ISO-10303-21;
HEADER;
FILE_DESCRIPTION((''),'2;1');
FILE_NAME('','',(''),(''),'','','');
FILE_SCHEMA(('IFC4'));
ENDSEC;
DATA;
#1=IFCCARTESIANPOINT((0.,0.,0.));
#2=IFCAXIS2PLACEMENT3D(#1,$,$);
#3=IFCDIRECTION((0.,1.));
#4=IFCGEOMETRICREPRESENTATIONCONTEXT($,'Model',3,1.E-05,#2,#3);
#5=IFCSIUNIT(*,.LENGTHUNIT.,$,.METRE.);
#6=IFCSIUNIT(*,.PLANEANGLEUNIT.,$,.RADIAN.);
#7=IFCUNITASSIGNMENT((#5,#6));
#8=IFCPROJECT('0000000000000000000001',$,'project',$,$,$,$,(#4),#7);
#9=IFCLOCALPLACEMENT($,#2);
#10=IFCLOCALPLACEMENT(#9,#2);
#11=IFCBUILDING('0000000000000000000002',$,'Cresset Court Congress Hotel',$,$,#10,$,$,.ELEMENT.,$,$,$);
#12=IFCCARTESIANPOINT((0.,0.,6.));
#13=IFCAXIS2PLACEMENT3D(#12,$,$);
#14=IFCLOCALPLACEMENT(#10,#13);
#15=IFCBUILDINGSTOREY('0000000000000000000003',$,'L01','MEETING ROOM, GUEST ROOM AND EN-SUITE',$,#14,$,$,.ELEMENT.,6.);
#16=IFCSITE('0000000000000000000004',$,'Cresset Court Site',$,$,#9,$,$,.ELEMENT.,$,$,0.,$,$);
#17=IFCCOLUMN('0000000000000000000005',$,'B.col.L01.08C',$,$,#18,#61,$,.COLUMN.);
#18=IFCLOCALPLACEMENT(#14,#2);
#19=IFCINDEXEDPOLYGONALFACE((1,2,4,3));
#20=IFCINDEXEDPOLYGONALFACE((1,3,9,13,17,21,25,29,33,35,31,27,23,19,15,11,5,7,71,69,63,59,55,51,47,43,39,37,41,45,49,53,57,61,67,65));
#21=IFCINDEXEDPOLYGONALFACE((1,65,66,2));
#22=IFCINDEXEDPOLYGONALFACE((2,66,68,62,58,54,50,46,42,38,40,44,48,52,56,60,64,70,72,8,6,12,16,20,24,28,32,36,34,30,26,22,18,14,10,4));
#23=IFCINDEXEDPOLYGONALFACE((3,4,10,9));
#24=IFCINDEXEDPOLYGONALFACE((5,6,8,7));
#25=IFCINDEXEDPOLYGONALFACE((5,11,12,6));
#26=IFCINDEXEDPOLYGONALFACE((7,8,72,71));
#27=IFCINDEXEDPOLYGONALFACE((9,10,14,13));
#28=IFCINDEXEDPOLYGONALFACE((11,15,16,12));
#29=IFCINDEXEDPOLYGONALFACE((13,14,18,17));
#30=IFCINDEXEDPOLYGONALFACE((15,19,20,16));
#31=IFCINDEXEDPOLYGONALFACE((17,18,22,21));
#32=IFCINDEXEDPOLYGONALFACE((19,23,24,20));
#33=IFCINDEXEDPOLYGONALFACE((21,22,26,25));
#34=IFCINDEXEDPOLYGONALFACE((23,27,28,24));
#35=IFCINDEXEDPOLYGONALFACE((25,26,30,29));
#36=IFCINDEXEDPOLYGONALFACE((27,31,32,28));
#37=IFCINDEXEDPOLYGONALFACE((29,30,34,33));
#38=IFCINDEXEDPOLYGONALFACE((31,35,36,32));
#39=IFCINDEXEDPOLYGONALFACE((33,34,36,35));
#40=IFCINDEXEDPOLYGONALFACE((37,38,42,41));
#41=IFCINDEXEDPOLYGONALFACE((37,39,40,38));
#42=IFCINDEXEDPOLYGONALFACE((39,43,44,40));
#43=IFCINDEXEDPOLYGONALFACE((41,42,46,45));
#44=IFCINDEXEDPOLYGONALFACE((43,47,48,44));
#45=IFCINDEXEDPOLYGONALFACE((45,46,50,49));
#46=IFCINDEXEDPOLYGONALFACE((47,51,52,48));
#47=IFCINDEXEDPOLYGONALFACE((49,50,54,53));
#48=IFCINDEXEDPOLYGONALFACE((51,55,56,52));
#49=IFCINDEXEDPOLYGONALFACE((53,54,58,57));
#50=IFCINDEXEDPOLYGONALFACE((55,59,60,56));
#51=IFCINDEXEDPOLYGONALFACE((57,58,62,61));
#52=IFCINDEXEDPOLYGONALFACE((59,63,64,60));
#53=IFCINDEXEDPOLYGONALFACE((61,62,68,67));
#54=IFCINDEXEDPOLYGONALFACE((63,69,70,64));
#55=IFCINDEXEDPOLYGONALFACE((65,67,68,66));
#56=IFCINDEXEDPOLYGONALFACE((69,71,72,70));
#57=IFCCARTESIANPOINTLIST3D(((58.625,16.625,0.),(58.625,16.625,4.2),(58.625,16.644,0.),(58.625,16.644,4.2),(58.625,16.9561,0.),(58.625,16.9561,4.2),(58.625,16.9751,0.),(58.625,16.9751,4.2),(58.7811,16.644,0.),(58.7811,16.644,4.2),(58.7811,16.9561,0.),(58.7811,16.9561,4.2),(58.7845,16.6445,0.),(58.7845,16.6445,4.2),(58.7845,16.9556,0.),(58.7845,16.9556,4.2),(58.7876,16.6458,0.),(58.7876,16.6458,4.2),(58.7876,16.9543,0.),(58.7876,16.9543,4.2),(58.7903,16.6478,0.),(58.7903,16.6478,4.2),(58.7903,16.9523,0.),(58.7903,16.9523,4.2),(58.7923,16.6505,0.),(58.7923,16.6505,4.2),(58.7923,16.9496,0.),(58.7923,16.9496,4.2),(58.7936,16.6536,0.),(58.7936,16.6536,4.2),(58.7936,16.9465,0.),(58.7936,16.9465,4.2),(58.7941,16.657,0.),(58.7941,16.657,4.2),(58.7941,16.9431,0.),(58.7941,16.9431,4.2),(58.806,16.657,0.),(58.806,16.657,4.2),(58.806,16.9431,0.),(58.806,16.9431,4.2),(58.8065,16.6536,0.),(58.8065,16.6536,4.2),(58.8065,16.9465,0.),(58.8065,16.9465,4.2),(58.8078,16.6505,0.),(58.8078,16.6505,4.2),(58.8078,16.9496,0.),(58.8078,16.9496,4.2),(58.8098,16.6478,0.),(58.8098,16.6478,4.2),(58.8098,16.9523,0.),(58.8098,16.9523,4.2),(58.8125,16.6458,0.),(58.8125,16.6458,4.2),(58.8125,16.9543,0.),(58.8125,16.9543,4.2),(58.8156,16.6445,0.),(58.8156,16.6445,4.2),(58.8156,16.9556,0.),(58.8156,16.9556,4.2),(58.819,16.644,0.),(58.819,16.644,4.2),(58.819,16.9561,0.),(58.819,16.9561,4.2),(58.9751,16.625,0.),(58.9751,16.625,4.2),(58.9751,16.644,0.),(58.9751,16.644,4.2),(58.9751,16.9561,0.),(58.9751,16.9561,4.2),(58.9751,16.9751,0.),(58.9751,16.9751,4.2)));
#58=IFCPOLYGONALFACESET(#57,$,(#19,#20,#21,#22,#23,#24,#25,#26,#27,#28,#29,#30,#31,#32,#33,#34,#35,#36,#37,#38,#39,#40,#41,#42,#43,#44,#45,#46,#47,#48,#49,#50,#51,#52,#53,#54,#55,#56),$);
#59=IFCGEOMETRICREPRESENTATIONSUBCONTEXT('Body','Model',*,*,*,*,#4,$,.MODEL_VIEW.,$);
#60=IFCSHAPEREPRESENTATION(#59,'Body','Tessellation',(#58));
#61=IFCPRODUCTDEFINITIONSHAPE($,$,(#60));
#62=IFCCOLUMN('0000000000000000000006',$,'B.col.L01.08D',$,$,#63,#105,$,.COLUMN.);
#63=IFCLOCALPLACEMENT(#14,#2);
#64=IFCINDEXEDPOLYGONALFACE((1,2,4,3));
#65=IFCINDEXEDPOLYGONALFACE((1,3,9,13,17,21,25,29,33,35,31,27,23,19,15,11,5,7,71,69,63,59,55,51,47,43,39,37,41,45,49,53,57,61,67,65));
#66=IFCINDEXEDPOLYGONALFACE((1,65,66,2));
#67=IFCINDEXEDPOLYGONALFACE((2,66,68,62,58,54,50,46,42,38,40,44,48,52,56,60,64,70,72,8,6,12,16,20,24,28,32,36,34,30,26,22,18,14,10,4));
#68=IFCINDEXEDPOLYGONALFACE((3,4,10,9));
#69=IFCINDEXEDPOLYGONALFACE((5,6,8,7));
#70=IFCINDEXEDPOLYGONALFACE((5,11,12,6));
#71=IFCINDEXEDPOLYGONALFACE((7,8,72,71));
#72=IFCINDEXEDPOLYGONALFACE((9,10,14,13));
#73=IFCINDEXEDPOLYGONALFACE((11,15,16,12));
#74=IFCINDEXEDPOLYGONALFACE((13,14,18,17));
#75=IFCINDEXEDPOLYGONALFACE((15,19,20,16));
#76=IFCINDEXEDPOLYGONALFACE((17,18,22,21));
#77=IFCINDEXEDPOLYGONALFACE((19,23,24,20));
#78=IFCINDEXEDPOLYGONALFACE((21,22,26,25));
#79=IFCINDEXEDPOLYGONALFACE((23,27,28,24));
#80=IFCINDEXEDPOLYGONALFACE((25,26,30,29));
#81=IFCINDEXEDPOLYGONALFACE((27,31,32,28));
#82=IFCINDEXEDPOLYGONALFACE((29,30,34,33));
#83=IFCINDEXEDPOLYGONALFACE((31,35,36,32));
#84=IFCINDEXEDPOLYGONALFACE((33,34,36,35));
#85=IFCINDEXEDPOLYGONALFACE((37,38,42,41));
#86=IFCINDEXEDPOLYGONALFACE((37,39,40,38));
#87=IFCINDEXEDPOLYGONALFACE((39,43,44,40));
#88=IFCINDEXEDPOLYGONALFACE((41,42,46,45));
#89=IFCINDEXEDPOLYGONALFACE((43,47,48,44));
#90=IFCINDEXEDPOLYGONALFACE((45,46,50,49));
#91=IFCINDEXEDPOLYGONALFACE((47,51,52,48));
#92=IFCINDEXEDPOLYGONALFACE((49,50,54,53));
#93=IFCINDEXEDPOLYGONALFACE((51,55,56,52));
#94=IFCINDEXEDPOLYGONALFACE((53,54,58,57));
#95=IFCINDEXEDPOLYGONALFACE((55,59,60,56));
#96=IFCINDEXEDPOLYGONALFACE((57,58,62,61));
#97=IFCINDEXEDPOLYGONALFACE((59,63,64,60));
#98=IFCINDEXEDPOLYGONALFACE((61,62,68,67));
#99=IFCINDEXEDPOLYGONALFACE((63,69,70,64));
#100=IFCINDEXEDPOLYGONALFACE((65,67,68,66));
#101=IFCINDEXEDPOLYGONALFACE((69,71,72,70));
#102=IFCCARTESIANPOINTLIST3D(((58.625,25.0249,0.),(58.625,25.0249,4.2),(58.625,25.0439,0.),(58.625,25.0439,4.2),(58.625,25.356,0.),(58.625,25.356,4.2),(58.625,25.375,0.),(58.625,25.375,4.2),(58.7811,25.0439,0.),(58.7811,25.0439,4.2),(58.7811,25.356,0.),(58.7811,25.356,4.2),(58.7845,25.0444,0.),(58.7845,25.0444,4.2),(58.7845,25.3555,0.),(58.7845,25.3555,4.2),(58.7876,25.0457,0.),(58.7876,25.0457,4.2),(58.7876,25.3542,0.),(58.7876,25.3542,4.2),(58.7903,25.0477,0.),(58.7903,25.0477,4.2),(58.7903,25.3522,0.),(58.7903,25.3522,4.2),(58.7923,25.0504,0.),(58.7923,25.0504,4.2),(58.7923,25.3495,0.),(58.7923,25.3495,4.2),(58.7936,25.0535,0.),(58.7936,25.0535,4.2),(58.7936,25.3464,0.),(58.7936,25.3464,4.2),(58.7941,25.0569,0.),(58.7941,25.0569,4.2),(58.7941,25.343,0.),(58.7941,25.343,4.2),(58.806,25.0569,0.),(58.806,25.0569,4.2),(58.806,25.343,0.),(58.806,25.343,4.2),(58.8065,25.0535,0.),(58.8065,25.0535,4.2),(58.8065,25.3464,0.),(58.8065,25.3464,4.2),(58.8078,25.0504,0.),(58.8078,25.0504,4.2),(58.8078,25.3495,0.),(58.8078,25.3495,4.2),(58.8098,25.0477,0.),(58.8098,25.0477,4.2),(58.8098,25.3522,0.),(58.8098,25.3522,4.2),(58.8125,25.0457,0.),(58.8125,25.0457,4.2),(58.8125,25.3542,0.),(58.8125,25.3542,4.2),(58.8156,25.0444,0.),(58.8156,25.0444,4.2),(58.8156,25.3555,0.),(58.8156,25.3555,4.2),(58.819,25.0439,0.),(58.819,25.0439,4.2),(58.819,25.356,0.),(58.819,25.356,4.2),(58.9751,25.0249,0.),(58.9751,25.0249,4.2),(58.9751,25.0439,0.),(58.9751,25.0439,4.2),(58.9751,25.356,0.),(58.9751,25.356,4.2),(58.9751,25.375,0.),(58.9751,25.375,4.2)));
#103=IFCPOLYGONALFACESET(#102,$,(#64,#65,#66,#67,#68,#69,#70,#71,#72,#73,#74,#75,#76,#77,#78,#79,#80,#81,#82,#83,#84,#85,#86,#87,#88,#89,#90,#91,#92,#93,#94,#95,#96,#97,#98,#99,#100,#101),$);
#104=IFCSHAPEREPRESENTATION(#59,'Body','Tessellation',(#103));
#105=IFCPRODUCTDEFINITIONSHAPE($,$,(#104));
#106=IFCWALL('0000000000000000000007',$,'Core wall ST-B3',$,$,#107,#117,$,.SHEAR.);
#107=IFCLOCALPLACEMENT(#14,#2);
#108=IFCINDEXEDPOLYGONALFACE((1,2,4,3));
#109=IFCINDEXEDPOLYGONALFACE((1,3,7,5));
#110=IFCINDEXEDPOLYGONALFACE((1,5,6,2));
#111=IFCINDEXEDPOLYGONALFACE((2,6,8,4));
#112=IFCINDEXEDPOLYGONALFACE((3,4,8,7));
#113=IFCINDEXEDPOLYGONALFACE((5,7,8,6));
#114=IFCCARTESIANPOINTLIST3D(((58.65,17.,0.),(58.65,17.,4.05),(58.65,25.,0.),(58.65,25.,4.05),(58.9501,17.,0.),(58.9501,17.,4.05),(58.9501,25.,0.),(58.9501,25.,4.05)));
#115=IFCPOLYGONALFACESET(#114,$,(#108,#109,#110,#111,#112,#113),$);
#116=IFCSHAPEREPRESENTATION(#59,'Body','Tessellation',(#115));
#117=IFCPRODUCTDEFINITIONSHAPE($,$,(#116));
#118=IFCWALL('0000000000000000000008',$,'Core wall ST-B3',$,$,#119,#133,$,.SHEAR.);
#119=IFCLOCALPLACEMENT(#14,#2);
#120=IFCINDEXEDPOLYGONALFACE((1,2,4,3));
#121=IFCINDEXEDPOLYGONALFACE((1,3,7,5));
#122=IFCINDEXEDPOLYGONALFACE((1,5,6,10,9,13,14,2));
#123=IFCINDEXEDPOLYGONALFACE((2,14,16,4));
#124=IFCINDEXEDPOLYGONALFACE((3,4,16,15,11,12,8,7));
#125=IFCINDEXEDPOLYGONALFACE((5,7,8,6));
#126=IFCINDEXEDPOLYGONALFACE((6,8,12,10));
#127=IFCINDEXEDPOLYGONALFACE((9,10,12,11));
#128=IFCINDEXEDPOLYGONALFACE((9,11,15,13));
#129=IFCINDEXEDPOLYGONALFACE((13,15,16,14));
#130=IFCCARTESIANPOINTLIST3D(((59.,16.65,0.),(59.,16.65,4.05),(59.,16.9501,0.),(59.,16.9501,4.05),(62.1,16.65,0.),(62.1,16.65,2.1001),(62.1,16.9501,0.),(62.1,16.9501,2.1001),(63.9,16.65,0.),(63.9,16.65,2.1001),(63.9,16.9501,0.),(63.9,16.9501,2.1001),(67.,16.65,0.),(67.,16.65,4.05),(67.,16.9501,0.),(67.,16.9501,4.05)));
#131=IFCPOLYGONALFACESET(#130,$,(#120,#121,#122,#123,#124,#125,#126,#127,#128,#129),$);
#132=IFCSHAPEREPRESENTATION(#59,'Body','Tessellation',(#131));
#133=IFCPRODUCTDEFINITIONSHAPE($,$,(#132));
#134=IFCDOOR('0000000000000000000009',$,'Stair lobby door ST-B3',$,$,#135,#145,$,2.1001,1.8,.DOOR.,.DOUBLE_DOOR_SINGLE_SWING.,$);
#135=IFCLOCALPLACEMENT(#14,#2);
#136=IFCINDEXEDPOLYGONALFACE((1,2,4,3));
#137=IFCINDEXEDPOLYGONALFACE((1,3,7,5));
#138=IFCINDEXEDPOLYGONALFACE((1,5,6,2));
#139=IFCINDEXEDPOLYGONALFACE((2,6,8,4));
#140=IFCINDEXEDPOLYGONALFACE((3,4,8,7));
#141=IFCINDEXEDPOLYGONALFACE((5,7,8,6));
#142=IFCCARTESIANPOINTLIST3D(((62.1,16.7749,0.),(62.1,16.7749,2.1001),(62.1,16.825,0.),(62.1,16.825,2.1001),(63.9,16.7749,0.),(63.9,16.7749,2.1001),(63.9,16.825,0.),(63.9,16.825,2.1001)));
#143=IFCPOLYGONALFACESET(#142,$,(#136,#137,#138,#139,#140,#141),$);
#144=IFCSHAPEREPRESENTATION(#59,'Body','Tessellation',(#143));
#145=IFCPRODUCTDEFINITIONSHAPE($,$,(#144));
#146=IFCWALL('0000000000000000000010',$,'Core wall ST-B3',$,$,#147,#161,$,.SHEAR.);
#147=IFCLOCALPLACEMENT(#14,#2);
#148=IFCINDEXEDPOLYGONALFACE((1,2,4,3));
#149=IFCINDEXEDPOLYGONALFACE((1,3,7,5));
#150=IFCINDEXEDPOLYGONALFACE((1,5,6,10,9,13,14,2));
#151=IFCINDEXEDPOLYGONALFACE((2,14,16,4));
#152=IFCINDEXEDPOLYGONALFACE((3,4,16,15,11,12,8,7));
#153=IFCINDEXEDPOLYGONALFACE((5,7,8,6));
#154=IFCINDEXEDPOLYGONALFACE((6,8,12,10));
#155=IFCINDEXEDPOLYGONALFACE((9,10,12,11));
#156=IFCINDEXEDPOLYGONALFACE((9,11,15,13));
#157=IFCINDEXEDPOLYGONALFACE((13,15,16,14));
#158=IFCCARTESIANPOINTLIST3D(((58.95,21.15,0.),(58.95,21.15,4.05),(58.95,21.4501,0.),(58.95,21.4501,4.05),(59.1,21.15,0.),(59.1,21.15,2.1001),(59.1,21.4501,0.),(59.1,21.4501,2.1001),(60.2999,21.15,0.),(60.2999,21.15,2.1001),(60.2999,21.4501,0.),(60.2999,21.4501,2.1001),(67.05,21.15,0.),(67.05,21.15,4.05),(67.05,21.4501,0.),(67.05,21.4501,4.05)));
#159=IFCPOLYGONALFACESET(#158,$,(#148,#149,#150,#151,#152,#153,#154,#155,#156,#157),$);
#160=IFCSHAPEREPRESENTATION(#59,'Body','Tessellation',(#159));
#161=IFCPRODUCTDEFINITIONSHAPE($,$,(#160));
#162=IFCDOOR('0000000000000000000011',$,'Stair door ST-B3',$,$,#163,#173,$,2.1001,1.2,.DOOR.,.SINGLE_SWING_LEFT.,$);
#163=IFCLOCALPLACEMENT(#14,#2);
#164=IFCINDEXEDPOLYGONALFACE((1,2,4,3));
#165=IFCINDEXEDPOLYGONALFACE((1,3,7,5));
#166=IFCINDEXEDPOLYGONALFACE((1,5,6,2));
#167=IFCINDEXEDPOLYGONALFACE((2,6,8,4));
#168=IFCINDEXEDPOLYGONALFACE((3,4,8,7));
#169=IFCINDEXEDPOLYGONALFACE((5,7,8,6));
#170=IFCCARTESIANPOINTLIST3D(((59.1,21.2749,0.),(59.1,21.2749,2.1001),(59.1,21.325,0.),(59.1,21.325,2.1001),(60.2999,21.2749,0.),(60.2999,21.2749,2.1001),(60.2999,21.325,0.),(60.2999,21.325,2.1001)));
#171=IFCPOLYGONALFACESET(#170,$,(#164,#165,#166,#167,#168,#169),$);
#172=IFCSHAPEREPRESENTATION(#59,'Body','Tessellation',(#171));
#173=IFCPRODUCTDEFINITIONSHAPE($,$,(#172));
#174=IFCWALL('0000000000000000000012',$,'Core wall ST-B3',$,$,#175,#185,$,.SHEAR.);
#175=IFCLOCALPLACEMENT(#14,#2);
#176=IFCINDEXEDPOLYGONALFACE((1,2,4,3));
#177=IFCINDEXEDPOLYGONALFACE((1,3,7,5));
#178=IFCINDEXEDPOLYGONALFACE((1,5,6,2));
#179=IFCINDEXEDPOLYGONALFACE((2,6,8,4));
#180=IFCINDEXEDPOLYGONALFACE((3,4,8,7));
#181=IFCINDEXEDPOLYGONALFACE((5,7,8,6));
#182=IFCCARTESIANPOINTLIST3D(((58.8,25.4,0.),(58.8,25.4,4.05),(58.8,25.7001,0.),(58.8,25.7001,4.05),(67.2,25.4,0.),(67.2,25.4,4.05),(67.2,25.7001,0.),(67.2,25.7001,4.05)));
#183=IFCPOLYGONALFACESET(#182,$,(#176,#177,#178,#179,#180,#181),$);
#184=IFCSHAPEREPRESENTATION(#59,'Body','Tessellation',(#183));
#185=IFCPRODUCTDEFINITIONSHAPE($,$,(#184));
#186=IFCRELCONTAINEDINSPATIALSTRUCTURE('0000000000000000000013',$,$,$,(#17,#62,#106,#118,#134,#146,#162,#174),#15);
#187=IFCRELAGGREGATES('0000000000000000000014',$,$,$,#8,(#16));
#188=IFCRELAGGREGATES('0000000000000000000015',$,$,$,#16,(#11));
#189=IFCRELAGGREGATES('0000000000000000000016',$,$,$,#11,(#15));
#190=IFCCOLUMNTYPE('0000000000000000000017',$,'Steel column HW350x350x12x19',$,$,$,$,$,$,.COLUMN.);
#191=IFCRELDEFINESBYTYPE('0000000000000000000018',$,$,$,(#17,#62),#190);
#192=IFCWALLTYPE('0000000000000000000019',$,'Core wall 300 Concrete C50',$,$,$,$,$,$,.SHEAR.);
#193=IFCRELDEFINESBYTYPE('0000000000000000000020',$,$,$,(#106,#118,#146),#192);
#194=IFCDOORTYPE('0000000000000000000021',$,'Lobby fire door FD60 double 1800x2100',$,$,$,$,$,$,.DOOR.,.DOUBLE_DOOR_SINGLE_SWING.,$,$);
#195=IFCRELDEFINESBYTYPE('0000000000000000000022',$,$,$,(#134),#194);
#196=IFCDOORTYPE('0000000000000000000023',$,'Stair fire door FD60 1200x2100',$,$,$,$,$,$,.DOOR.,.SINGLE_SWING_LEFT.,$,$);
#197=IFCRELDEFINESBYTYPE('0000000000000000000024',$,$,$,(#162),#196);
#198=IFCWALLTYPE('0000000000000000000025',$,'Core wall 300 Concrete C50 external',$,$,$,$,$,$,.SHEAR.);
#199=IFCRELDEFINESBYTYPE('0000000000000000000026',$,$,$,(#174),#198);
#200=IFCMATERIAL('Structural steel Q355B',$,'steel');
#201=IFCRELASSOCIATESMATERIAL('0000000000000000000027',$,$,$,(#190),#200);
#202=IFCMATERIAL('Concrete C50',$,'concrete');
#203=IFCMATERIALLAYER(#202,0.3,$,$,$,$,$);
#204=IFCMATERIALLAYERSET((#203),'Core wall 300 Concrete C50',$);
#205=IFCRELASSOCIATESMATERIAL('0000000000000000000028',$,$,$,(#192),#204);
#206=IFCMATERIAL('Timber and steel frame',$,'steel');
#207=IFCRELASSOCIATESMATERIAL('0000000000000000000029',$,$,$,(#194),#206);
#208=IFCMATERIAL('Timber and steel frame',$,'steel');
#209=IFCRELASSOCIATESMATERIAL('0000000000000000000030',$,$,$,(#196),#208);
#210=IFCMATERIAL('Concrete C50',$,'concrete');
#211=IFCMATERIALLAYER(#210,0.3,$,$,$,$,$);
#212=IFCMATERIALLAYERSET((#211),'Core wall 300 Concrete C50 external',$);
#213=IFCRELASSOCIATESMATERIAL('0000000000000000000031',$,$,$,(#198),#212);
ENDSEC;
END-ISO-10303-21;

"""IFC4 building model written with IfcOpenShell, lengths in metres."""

from ifc_helpers import new_model, si_unit, direction, frame, frame_2d, origin, origin_2d, place, context, subcontext, project, spatial, rectangle, i_section, extrude, material, layer, layer_set, material_profile, profile_set, type_object, element, fill, save


model = new_model("IFC4")

# Units and contexts
model_context = context("Model", 3, precision=1e-05, world=origin(), true_north=direction((0.0, 1.0)))
body_context = subcontext(model_context, "Body", "Model", "MODEL_VIEW")
ifc_project = project(units=[si_unit("LENGTHUNIT", "METRE"), si_unit("PLANEANGLEUNIT", "RADIAN")], contexts=[model_context])

# Site, building, storey
site_placement = place(None, origin())
site = spatial("IfcSite", under=ifc_project, at=site_placement, Name="Cresset Court Site", CompositionType="ELEMENT", RefElevation=0.0)
building_placement = place(site_placement, origin())
building = spatial("IfcBuilding", under=site, at=building_placement, Name="Cresset Court Congress Hotel", CompositionType="ELEMENT")
storey_placement = place(building_placement, frame((0.0, 0.0, 6.0)))
storey = spatial("IfcBuildingStorey", under=building, at=storey_placement, Name="L01", Description="MEETING ROOM, GUEST ROOM AND EN-SUITE", CompositionType="ELEMENT", Elevation=6.0)

# Columns
ifc_material_1 = material(Name="Structural steel Q355B", Category="steel")
ifc_material_profile = material_profile(ifc_material_1, i_section(OverallWidth=0.3501, OverallDepth=0.3501, WebThickness=0.012, FlangeThickness=0.019, FilletRadius=0.0129, at=origin_2d()), Name="HW350x350x12x19")
ifc_profile_set = profile_set([ifc_material_profile], Name="Structural steel Q355B")
column_type = type_object("IfcColumnType", Name="Steel column HW350x350x12x19", PredefinedType="COLUMN", material=ifc_profile_set)
for number, where, z_axis, x_axis, name in (
    (1, (58.8, 16.8, 0.0), (0.0, 0.0, 1.0), (1.0, 0.0, 0.0), "B.col.L01.08C"),
    (2, (58.8, 25.2, 0.0), (0.0, 0.0, 1.0), (1.0, 0.0, 0.0), "B.col.L01.08D"),
):
    element("IfcColumn", number, at=place(storey_placement, frame(where, z_axis=z_axis, x_axis=x_axis)), inside=storey, type_object=column_type, Name=name, PredefinedType="COLUMN", context=body_context, shape_type="SweptSolid", body=[
        extrude(i_section(OverallWidth=0.3501, OverallDepth=0.3501, WebThickness=0.012, FlangeThickness=0.019, FilletRadius=0.0129, at=origin_2d()), origin(), (0.0, 0.0, 1.0), 4.2),
    ])

# Wall
ifc_material_2 = material(Name="Concrete C50", Category="concrete")
ifc_layer_1 = layer(ifc_material_2, 0.3)
ifc_layer_set_1 = layer_set([ifc_layer_1], Name="Core wall 300 Concrete C50")
wall_type_1 = type_object("IfcWallType", Name="Core wall 300 Concrete C50", PredefinedType="SHEAR", material=ifc_layer_set_1)
wall_1_placement = place(storey_placement, frame((58.8, 17.0, 0.0), z_axis=(0.0, 0.0, 1.0), x_axis=(0.0, 1.0, 0.0)))
element("IfcWall", 3, at=wall_1_placement, inside=storey, type_object=wall_type_1, Name="Core wall ST-B3", PredefinedType="SHEAR", context=body_context, shape_type="SweptSolid", body=[
    extrude(rectangle(XDim=8.0, YDim=0.3, at=frame_2d((4.0, 0.0))), origin(), (0.0, 0.0, 1.0), 4.05),
])

# Walls, openings, doors
wall_2_placement = place(storey_placement, frame((59.0, 16.8, 0.0), z_axis=(0.0, 0.0, 1.0), x_axis=(1.0, 0.0, 0.0)))
wall_2 = element("IfcWall", 4, at=wall_2_placement, inside=storey, type_object=wall_type_1, Name="Core wall ST-B3", PredefinedType="SHEAR", context=body_context, shape_type="SweptSolid", body=[
    extrude(rectangle(XDim=8.0, YDim=0.3, at=frame_2d((4.0, 0.0))), origin(), (0.0, 0.0, 1.0), 4.05),
])
opening_1_placement = place(wall_2_placement, frame((3.1001, 0.0, 0.0)))
opening_1 = element("IfcOpeningElement", 5, at=opening_1_placement, cuts=wall_2, PredefinedType="OPENING", context=body_context, shape_type="SweptSolid", body=[
    extrude(rectangle(XDim=1.8, YDim=2.1001, at=frame_2d((0.8999, 1.05))), frame((0.0, 0.1599, 0.0), z_axis=(0.0, -1.0, 0.0), x_axis=(1.0, 0.0, 0.0)), (0.0, 0.0, 1.0), 0.3201),
])
ifc_material_3 = material(Name="Timber and steel frame", Category="steel")
door_type_1 = type_object("IfcDoorType", Name="Lobby fire door FD60 double 1800x2100", OperationType="DOUBLE_DOOR_SINGLE_SWING", PredefinedType="DOOR", material=ifc_material_3)
door_1_placement = place(opening_1_placement, origin())
door_1 = element("IfcDoor", 6, at=door_1_placement, inside=storey, type_object=door_type_1, Name="Stair lobby door ST-B3", OperationType="DOUBLE_DOOR_SINGLE_SWING", OverallHeight=2.1001, OverallWidth=1.8, PredefinedType="DOOR", context=body_context, shape_type="SweptSolid", body=[
    extrude(rectangle(XDim=1.8, YDim=2.1001, at=frame_2d((0.8999, 1.05))), frame((0.0, 0.0249, 0.0), z_axis=(0.0, -1.0, 0.0), x_axis=(1.0, 0.0, 0.0)), (0.0, 0.0, 1.0), 0.05),
])
fill(opening_1, door_1)
wall_3_placement = place(storey_placement, frame((58.95, 21.3, 0.0), z_axis=(0.0, 0.0, 1.0), x_axis=(1.0, 0.0, 0.0)))
wall_3 = element("IfcWall", 7, at=wall_3_placement, inside=storey, type_object=wall_type_1, Name="Core wall ST-B3", PredefinedType="SHEAR", context=body_context, shape_type="SweptSolid", body=[
    extrude(rectangle(XDim=8.1001, YDim=0.3, at=frame_2d((4.05, 0.0))), origin(), (0.0, 0.0, 1.0), 4.05),
])
opening_2_placement = place(wall_3_placement, frame((0.1499, 0.0, 0.0)))
opening_2 = element("IfcOpeningElement", 8, at=opening_2_placement, cuts=wall_3, PredefinedType="OPENING", context=body_context, shape_type="SweptSolid", body=[
    extrude(rectangle(XDim=1.2, YDim=2.1001, at=frame_2d((0.6001, 1.05))), frame((0.0, 0.1599, 0.0), z_axis=(0.0, -1.0, 0.0), x_axis=(1.0, 0.0, 0.0)), (0.0, 0.0, 1.0), 0.3201),
])
ifc_material_4 = material(Name="Timber and steel frame", Category="steel")
door_type_2 = type_object("IfcDoorType", Name="Stair fire door FD60 1200x2100", OperationType="SINGLE_SWING_LEFT", PredefinedType="DOOR", material=ifc_material_4)
door_2_placement = place(opening_2_placement, origin())
door_2 = element("IfcDoor", 9, at=door_2_placement, inside=storey, type_object=door_type_2, Name="Stair door ST-B3", OperationType="SINGLE_SWING_LEFT", OverallHeight=2.1001, OverallWidth=1.2, PredefinedType="DOOR", context=body_context, shape_type="SweptSolid", body=[
    extrude(rectangle(XDim=1.2, YDim=2.1001, at=frame_2d((0.6001, 1.05))), frame((0.0, 0.0249, 0.0), z_axis=(0.0, -1.0, 0.0), x_axis=(1.0, 0.0, 0.0)), (0.0, 0.0, 1.0), 0.05),
])
fill(opening_2, door_2)

# Wall
ifc_material_5 = material(Name="Concrete C50", Category="concrete")
ifc_layer_2 = layer(ifc_material_5, 0.3)
ifc_layer_set_2 = layer_set([ifc_layer_2], Name="Core wall 300 Concrete C50 external")
wall_type_2 = type_object("IfcWallType", Name="Core wall 300 Concrete C50 external", PredefinedType="SHEAR", material=ifc_layer_set_2)
wall_4_placement = place(storey_placement, frame((58.8, 25.55, 0.0), z_axis=(0.0, 0.0, 1.0), x_axis=(1.0, 0.0, 0.0)))
element("IfcWall", 10, at=wall_4_placement, inside=storey, type_object=wall_type_2, Name="Core wall ST-B3", PredefinedType="SHEAR", context=body_context, shape_type="SweptSolid", body=[
    extrude(rectangle(XDim=8.3999, YDim=0.3, at=frame_2d((4.2, 0.0))), origin(), (0.0, 0.0, 1.0), 4.05),
])

save(model, "model.ifc")
